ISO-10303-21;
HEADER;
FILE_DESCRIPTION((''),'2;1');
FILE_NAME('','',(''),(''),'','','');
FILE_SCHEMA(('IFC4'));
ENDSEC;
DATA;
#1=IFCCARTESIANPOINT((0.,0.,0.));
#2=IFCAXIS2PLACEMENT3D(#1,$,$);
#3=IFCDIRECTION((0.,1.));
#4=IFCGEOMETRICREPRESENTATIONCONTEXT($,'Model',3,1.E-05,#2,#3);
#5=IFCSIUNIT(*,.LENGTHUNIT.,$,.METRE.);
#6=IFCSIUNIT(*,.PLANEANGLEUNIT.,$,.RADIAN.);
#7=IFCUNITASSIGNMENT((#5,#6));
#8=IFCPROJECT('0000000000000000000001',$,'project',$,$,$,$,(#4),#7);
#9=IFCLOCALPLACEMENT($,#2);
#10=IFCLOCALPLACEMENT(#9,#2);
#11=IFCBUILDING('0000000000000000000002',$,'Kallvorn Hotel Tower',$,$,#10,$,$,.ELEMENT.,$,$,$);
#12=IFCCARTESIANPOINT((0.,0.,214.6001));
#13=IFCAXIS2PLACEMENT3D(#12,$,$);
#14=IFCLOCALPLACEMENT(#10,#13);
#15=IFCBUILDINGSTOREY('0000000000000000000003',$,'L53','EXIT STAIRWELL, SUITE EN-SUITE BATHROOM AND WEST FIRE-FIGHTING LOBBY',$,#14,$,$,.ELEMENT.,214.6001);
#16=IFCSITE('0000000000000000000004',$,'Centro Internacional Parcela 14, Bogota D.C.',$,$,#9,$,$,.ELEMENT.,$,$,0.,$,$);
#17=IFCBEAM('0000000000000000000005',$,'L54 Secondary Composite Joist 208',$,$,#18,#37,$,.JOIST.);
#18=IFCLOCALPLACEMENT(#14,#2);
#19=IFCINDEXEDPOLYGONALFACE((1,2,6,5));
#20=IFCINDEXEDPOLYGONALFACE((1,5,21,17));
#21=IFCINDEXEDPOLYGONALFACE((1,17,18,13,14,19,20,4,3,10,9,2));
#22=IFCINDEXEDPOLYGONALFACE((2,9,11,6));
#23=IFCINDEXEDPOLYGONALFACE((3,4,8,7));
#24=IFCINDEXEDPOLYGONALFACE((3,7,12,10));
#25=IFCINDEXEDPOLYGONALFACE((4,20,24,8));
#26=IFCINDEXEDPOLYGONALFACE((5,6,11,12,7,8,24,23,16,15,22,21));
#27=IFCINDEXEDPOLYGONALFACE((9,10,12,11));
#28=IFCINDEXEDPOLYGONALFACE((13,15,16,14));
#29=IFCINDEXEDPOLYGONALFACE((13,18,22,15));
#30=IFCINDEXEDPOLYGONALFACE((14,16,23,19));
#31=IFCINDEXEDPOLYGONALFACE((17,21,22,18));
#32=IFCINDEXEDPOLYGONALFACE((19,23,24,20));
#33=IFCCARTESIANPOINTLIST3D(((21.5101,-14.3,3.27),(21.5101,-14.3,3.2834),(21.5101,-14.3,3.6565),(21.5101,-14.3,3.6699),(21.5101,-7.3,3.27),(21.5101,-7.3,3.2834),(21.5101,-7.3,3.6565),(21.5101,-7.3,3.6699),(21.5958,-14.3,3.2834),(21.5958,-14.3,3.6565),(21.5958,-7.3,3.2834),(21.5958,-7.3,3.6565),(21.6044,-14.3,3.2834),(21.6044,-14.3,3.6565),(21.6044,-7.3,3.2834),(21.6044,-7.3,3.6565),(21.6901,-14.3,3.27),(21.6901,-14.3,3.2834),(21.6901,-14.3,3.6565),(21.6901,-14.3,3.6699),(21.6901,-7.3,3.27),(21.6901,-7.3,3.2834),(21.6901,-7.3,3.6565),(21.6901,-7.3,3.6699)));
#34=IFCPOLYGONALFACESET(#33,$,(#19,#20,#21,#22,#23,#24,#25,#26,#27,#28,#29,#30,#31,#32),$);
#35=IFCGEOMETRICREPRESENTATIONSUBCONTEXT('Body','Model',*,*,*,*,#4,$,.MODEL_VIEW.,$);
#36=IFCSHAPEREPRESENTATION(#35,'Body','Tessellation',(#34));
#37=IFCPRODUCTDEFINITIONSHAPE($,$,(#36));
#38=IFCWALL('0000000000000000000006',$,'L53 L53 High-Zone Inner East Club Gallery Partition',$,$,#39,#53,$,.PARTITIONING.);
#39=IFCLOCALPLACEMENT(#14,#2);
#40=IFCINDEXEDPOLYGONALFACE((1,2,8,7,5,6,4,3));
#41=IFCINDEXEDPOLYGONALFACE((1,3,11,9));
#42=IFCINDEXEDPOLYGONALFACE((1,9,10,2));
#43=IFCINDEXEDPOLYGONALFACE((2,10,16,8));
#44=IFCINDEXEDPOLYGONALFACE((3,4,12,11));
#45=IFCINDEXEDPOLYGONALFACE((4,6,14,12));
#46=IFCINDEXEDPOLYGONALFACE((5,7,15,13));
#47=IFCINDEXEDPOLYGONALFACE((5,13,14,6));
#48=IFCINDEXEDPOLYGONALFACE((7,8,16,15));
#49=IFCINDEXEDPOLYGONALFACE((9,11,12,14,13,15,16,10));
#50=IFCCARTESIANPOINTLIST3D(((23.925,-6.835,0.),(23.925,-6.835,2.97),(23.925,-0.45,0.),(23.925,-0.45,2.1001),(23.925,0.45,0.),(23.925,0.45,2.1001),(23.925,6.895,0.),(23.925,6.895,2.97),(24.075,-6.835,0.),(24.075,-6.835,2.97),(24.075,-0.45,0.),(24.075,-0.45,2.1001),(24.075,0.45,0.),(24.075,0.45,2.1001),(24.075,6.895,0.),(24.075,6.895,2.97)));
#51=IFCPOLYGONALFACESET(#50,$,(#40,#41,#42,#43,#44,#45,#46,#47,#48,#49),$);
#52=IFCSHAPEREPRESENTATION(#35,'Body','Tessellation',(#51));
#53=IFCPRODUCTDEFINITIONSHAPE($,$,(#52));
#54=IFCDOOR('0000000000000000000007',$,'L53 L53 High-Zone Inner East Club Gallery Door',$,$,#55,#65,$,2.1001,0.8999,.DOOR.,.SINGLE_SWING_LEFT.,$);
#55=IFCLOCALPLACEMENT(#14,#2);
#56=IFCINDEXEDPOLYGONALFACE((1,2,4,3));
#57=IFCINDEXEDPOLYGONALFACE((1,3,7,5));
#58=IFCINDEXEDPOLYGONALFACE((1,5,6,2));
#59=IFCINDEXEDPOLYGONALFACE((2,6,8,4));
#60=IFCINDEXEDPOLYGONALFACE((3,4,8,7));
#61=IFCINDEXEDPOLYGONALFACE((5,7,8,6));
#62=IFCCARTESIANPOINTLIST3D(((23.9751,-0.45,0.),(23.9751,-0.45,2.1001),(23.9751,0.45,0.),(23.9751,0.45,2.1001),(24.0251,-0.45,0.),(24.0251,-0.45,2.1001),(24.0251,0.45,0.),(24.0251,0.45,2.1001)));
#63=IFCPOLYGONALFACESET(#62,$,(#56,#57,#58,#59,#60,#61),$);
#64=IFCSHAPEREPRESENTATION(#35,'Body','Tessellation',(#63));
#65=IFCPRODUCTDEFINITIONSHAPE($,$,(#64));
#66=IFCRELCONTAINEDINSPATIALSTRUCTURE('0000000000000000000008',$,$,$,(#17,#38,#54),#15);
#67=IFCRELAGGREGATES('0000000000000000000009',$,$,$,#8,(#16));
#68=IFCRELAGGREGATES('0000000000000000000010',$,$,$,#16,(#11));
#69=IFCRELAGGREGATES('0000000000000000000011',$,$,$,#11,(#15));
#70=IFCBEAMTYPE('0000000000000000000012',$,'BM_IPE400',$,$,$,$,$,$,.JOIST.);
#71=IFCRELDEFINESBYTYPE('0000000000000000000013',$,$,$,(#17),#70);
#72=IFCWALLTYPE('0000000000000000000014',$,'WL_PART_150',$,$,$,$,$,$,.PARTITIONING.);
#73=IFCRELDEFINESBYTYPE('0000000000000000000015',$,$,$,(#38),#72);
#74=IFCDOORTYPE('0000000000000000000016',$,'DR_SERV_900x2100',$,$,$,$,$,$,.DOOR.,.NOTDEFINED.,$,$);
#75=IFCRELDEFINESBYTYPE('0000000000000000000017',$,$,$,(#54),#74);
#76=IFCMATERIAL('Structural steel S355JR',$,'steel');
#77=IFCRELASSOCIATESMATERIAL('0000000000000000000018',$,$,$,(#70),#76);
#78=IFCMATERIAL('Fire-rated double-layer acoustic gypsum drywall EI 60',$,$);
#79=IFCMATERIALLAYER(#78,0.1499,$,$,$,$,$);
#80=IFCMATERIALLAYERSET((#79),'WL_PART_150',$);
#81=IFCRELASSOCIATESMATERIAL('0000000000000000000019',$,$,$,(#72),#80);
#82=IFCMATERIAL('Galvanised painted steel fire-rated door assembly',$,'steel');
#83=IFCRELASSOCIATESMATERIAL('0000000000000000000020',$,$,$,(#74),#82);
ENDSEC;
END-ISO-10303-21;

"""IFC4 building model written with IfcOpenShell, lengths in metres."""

from ifc_helpers import new_model, si_unit, direction, frame, frame_2d, origin, origin_2d, place, context, subcontext, project, spatial, rectangle, i_section, extrude, material, layer, layer_set, material_profile, profile_set, type_object, element, fill, save


model = new_model("IFC4")

# Units and contexts
model_context = context("Model", 3, precision=1e-05, world=origin(), true_north=direction((0.0, 1.0)))
body_context = subcontext(model_context, "Body", "Model", "MODEL_VIEW")
ifc_project = project(units=[si_unit("LENGTHUNIT", "METRE"), si_unit("PLANEANGLEUNIT", "RADIAN")], contexts=[model_context])

# Site, building, storey
site_placement = place(None, origin())
site = spatial("IfcSite", under=ifc_project, at=site_placement, Name="Centro Internacional Parcela 14, Bogota D.C.", CompositionType="ELEMENT", RefElevation=0.0)
building_placement = place(site_placement, origin())
building = spatial("IfcBuilding", under=site, at=building_placement, Name="Kallvorn Hotel Tower", CompositionType="ELEMENT")
storey_placement = place(building_placement, frame((0.0, 0.0, 214.6001)))
storey = spatial("IfcBuildingStorey", under=building, at=storey_placement, Name="L53", Description="EXIT STAIRWELL, SUITE EN-SUITE BATHROOM AND WEST FIRE-FIGHTING LOBBY", CompositionType="ELEMENT", Elevation=214.6001)

# Beam
ifc_material_1 = material(Name="Structural steel S355JR", Category="steel")
ifc_material_profile_1 = material_profile(ifc_material_1, i_section(OverallWidth=0.1799, OverallDepth=0.3999, WebThickness=0.0085, FlangeThickness=0.0134, at=origin_2d()), Name="IPE 400")
ifc_profile_set_1 = profile_set([ifc_material_profile_1], Name="Structural steel S355JR")
beam_type_1 = type_object("IfcBeamType", Name="BM_IPE400", PredefinedType="JOIST", material=ifc_profile_set_1)
beam_1_placement = place(storey_placement, frame((21.6001, -14.3, 3.47), z_axis=(0.0, 1.0, 0.0), x_axis=(-1.0, 0.0, 0.0)))
element("IfcBeam", 1, at=beam_1_placement, inside=storey, type_object=beam_type_1, Name="L54 Secondary Composite Joist 208", PredefinedType="JOIST", context=body_context, shape_type="SweptSolid", body=[
    extrude(i_section(OverallWidth=0.1799, OverallDepth=0.3999, WebThickness=0.0085, FlangeThickness=0.0134, at=origin_2d()), origin(), (0.0, 0.0, 1.0), 7.0),
])

# Wall, opening, door
ifc_material_2 = material(Name="Fire-rated double-layer acoustic gypsum drywall EI 60")
ifc_layer = layer(ifc_material_2, 0.1499)
ifc_layer_set = layer_set([ifc_layer], Name="WL_PART_150")
wall_type = type_object("IfcWallType", Name="WL_PART_150", PredefinedType="PARTITIONING", material=ifc_layer_set)
wall_placement = place(storey_placement, frame((24.0, -6.835, 0.0), z_axis=(0.0, 0.0, 1.0), x_axis=(0.0, 1.0, 0.0)))
wall = element("IfcWall", 2, at=wall_placement, inside=storey, type_object=wall_type, Name="L53 L53 High-Zone Inner East Club Gallery Partition", PredefinedType="PARTITIONING", context=body_context, shape_type="SweptSolid", body=[
    extrude(rectangle(XDim=13.73, YDim=0.1499, at=frame_2d((6.865, 0.0))), origin(), (0.0, 0.0, 1.0), 2.97),
])
opening_placement = place(wall_placement, frame((6.385, 0.0, 0.0)))
opening = element("IfcOpeningElement", 3, at=opening_placement, cuts=wall, PredefinedType="OPENING", context=body_context, shape_type="SweptSolid", body=[
    extrude(rectangle(XDim=0.8999, YDim=2.1001, at=frame_2d((0.45, 1.05))), frame((0.0, 0.0898, 0.0), z_axis=(0.0, -1.0, 0.0), x_axis=(1.0, 0.0, 0.0)), (0.0, 0.0, 1.0), 0.1799),
])
ifc_material_3 = material(Name="Galvanised painted steel fire-rated door assembly", Category="steel")
door_type = type_object("IfcDoorType", Name="DR_SERV_900x2100", OperationType="NOTDEFINED", PredefinedType="DOOR", material=ifc_material_3)
door_placement = place(opening_placement, origin())
door = element("IfcDoor", 4, at=door_placement, inside=storey, type_object=door_type, Name="L53 L53 High-Zone Inner East Club Gallery Door", OperationType="SINGLE_SWING_LEFT", OverallHeight=2.1001, OverallWidth=0.8999, PredefinedType="DOOR", context=body_context, shape_type="SweptSolid", body=[
    extrude(rectangle(XDim=0.8999, YDim=2.1001, at=frame_2d((0.45, 1.05))), frame((0.0, 0.0249, 0.0), z_axis=(0.0, -1.0, 0.0), x_axis=(1.0, 0.0, 0.0)), (0.0, 0.0, 1.0), 0.05),
])
fill(opening, door)

save(model, "model.ifc")
